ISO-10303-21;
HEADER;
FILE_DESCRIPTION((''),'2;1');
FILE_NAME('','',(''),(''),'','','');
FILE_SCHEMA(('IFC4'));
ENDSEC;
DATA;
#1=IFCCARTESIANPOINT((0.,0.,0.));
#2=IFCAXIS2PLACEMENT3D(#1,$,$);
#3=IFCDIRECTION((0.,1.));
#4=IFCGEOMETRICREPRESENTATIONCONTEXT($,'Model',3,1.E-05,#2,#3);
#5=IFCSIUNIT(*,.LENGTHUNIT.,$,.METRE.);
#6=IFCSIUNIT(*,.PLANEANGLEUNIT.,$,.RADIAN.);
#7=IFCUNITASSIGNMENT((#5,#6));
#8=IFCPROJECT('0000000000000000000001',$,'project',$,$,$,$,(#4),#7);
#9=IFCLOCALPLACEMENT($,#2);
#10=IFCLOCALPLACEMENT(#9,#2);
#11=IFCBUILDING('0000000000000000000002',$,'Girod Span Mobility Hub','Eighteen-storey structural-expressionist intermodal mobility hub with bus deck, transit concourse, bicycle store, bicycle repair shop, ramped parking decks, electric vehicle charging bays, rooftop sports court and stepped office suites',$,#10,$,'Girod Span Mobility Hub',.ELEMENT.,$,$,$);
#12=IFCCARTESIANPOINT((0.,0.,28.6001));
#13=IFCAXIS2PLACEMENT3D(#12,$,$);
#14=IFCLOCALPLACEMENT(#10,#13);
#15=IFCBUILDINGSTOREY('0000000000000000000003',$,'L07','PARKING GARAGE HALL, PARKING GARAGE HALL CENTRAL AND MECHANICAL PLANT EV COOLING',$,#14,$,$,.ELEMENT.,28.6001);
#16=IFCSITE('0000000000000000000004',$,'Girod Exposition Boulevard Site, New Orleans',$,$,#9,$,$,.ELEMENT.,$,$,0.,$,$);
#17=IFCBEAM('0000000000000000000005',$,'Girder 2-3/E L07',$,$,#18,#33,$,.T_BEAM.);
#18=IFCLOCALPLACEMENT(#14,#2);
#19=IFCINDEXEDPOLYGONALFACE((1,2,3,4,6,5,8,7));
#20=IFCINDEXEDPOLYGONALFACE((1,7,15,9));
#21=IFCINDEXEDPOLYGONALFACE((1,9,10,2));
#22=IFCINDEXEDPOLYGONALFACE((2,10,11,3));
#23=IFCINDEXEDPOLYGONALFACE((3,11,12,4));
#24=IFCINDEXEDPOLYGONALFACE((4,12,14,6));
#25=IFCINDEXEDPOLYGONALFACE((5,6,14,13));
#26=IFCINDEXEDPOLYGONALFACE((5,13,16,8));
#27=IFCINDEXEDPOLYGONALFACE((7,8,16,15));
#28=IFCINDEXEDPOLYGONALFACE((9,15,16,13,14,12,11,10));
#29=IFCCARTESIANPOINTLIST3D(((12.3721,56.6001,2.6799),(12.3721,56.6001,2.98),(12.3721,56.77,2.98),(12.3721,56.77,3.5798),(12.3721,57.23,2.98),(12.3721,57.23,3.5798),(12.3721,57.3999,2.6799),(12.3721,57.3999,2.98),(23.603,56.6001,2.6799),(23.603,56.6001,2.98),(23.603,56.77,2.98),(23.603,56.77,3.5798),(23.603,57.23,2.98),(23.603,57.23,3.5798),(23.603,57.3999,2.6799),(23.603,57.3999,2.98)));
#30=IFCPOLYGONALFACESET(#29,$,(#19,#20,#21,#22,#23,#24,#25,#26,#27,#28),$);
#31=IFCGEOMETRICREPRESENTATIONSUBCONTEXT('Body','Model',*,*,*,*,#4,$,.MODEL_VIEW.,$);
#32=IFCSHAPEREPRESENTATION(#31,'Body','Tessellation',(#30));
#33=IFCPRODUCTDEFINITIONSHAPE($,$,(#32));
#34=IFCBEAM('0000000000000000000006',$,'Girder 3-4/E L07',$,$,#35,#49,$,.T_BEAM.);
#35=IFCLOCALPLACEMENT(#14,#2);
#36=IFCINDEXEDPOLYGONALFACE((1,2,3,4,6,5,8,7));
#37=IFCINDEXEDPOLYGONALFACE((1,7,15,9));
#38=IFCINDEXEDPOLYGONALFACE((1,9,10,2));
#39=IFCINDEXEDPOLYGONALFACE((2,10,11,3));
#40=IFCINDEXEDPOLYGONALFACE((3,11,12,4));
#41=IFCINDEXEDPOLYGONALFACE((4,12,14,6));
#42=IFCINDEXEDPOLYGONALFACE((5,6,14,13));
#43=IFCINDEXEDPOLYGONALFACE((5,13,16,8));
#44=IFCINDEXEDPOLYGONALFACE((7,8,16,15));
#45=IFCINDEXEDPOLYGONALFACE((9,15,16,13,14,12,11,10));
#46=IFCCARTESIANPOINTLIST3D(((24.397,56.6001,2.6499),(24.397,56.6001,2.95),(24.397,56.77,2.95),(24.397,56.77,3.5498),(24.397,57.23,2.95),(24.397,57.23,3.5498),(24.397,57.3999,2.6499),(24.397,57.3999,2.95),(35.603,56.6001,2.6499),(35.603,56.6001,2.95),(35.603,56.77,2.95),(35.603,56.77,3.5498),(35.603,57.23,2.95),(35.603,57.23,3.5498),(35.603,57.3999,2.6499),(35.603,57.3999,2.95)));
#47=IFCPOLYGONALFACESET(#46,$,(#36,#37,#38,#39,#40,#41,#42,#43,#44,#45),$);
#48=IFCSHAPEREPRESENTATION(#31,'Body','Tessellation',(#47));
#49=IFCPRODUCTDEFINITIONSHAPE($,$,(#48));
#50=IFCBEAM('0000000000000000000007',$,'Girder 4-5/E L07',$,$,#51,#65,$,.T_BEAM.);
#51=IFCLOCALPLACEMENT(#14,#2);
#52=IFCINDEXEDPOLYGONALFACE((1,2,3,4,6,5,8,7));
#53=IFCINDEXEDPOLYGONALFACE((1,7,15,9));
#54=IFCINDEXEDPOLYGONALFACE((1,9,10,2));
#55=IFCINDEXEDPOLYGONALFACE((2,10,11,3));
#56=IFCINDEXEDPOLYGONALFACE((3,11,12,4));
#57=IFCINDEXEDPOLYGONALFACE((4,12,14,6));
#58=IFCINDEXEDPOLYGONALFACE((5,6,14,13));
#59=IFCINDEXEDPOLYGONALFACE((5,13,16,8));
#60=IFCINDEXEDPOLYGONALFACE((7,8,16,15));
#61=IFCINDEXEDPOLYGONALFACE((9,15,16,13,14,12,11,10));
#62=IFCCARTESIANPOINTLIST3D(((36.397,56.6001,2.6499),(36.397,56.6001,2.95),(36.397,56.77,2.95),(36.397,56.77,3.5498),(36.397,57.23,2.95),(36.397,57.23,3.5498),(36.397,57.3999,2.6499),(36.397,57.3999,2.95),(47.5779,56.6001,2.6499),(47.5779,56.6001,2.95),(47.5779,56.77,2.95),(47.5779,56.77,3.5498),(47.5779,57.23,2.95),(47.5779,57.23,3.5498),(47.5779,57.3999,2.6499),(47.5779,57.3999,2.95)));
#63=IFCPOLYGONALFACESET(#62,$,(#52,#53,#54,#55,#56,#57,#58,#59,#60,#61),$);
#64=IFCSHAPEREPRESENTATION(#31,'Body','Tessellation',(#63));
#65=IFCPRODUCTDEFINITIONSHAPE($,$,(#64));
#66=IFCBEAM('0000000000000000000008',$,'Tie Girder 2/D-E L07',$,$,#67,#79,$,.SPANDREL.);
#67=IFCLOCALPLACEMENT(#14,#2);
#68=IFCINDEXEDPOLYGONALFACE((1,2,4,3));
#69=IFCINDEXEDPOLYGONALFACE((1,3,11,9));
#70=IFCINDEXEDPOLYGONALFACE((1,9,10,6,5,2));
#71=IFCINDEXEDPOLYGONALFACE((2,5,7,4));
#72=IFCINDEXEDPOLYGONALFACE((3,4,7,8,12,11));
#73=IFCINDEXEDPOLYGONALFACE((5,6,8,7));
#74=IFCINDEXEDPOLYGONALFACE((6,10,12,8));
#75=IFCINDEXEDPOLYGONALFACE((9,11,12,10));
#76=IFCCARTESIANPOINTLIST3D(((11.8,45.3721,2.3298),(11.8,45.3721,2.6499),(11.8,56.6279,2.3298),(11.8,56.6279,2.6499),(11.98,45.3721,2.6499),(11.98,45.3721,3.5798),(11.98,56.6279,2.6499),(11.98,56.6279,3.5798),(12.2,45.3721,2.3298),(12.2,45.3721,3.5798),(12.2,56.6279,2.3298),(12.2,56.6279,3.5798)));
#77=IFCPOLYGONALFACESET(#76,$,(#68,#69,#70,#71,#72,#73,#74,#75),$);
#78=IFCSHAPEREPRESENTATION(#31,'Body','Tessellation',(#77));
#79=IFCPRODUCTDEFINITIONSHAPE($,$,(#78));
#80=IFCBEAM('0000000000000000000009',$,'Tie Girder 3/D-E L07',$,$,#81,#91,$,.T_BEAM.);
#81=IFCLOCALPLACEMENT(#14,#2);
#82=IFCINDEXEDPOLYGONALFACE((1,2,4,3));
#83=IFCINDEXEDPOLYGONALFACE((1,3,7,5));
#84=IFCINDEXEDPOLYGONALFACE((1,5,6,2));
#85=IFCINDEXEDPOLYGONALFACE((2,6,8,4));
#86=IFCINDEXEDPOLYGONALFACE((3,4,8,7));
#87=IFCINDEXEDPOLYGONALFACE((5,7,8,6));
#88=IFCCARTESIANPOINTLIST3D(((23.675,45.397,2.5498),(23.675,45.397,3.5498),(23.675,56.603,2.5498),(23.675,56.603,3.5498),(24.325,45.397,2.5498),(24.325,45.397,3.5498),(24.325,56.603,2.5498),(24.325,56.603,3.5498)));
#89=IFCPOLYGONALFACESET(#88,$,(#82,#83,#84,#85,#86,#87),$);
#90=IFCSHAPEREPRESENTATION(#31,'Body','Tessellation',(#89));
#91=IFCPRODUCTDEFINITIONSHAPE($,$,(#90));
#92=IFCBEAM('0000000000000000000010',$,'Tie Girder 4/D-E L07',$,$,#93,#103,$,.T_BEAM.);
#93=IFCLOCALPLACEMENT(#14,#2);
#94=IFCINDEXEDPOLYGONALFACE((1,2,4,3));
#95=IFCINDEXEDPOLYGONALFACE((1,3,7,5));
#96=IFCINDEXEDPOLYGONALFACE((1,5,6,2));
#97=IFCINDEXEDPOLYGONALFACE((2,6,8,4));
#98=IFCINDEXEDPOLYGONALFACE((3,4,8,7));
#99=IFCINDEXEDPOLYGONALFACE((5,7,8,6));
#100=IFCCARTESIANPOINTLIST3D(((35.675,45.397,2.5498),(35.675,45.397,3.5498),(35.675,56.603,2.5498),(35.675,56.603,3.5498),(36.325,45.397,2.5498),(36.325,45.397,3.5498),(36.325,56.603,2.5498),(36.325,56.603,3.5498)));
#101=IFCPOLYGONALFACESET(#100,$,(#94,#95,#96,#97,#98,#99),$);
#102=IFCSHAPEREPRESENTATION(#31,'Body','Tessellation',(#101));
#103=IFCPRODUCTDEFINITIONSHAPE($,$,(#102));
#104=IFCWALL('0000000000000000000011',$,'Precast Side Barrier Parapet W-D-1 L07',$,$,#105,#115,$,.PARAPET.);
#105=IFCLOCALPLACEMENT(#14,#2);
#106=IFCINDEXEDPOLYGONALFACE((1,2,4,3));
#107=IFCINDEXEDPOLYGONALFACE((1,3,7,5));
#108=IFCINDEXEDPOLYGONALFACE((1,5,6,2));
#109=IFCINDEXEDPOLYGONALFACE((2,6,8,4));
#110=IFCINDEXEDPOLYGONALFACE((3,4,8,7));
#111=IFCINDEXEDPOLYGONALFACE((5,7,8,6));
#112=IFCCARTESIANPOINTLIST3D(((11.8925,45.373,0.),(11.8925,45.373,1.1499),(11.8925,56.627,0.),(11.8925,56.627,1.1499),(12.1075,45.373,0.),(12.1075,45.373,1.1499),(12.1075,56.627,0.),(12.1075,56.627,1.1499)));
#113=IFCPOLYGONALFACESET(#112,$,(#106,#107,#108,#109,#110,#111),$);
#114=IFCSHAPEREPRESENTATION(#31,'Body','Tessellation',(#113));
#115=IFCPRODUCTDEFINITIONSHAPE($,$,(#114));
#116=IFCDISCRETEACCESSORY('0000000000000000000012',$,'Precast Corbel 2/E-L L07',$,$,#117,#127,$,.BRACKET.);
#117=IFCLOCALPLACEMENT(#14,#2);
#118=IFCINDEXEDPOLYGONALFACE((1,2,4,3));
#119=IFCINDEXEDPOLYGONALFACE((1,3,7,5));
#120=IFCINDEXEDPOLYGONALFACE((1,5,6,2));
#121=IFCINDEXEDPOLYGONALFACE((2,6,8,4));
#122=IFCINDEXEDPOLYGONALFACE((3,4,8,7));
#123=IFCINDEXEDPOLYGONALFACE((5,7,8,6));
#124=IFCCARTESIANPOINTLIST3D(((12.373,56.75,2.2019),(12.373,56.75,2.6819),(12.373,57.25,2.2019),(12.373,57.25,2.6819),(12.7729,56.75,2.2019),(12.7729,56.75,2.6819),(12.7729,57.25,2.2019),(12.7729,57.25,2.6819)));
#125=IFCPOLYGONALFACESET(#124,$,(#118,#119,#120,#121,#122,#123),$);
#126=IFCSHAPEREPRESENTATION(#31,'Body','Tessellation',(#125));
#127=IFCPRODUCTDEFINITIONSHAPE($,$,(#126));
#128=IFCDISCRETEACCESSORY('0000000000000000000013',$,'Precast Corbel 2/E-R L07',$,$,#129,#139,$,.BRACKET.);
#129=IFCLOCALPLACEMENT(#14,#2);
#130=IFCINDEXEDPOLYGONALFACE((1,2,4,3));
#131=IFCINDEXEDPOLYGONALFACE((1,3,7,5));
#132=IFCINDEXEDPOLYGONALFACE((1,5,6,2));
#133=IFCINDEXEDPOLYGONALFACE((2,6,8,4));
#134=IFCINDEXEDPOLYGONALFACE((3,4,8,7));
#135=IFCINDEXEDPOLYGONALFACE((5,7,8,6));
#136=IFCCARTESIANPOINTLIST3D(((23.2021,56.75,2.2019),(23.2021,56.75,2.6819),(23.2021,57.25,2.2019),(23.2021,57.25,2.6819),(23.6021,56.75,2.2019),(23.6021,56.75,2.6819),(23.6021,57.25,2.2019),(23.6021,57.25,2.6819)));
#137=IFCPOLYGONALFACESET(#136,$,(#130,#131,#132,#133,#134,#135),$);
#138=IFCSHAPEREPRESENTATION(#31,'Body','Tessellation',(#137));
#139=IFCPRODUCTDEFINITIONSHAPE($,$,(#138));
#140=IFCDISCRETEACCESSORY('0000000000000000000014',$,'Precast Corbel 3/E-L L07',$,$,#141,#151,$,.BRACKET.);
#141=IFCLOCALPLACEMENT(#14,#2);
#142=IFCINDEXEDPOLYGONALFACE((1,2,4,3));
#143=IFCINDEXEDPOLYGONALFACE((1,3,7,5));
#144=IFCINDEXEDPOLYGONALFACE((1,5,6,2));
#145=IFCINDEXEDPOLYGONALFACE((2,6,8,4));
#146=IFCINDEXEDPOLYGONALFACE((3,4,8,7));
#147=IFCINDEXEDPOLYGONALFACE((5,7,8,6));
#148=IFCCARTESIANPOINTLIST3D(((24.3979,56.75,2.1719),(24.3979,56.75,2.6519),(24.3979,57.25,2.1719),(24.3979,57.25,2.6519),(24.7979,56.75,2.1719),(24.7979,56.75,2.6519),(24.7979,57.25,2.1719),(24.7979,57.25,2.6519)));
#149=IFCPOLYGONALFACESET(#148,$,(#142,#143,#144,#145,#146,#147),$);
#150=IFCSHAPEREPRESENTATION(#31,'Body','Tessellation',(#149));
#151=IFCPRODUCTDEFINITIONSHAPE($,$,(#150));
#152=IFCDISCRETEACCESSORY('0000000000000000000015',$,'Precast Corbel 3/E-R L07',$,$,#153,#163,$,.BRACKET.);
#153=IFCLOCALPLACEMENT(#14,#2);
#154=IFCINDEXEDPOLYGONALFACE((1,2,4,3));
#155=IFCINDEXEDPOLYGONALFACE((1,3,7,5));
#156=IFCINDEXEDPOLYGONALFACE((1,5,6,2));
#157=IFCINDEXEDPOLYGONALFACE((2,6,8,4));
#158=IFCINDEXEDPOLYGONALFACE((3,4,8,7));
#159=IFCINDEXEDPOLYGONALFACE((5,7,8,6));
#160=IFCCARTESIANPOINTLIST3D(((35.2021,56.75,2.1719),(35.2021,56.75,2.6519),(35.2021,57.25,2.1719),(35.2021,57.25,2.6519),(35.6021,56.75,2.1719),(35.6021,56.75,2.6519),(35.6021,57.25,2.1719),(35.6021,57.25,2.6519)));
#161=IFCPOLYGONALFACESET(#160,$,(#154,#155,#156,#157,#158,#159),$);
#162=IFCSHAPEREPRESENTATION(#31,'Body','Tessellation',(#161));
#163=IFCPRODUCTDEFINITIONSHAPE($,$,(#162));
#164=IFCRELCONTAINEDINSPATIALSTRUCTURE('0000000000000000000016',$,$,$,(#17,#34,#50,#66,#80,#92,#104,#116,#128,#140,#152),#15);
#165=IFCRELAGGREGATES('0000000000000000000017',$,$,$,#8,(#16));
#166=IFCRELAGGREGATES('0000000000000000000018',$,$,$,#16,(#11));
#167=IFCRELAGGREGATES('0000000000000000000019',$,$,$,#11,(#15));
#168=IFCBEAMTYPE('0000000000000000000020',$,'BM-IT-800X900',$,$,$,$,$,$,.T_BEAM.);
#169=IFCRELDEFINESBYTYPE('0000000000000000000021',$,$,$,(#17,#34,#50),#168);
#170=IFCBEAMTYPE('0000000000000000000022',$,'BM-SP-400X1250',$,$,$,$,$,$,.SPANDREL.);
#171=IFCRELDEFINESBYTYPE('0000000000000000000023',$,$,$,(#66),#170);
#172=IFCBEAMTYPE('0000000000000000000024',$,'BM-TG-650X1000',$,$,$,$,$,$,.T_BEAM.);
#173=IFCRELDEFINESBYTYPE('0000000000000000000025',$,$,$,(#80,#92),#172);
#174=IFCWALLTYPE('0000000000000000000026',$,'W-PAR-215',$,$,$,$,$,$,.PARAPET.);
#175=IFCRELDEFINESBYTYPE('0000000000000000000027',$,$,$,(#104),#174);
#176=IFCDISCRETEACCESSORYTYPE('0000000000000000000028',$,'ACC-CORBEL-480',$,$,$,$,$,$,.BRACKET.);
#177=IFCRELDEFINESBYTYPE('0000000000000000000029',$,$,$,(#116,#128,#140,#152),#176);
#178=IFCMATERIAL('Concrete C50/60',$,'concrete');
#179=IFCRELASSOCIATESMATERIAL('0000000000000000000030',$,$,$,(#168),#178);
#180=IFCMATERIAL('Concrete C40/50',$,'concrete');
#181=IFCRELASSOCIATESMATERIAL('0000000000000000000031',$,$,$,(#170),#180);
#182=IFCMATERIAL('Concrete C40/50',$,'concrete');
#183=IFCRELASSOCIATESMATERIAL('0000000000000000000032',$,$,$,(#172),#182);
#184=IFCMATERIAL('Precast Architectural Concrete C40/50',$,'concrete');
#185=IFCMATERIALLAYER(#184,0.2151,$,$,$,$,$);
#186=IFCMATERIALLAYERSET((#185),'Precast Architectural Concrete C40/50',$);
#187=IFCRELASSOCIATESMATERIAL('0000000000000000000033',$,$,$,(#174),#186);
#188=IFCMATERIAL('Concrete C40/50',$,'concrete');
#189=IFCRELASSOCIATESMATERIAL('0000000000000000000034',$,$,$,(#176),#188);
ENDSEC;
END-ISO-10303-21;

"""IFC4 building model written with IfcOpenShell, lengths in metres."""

from ifc_helpers import new_model, si_unit, direction, frame, frame_2d, origin, origin_2d, place, context, subcontext, project, spatial, polyline, rectangle, outline, extrude, material, layer, layer_set, material_profile, profile_set, type_object, element, save


model = new_model("IFC4")

# Units and contexts
model_context = context("Model", 3, precision=1e-05, world=origin(), true_north=direction((0.0, 1.0)))
body_context = subcontext(model_context, "Body", "Model", "MODEL_VIEW")
ifc_project = project(units=[si_unit("LENGTHUNIT", "METRE"), si_unit("PLANEANGLEUNIT", "RADIAN")], contexts=[model_context])

# Site, building, storey
site_placement = place(None, origin())
site = spatial("IfcSite", under=ifc_project, at=site_placement, Name="Girod Exposition Boulevard Site, New Orleans", CompositionType="ELEMENT", RefElevation=0.0)
building_placement = place(site_placement, origin())
building = spatial("IfcBuilding", under=site, at=building_placement, Name="Girod Span Mobility Hub", Description="Eighteen-storey structural-expressionist intermodal mobility hub with bus deck, transit concourse, bicycle store, bicycle repair shop, ramped parking decks, electric vehicle charging bays, rooftop sports court and stepped office suites", LongName="Girod Span Mobility Hub", CompositionType="ELEMENT")
storey_placement = place(building_placement, frame((0.0, 0.0, 28.6001)))
storey = spatial("IfcBuildingStorey", under=building, at=storey_placement, Name="L07", Description="PARKING GARAGE HALL, PARKING GARAGE HALL CENTRAL AND MECHANICAL PLANT EV COOLING", CompositionType="ELEMENT", Elevation=28.6001)

# Beams
ifc_material_1 = material(Name="Concrete C50/60", Category="concrete")
ifc_material_profile_1 = material_profile(ifc_material_1, outline(polyline([(-0.3999, -0.45), (0.3999, -0.45), (0.3999, -0.1499), (0.23, -0.1499), (0.23, 0.45), (-0.23, 0.45), (-0.23, -0.1499), (-0.3999, -0.1499), (-0.3999, -0.45)])), Name="IT-800X900")
ifc_profile_set_1 = profile_set([ifc_material_profile_1], Name="Concrete C50/60")
beam_type_1 = type_object("IfcBeamType", Name="BM-IT-800X900", PredefinedType="T_BEAM", material=ifc_profile_set_1)
beam_1_placement = place(storey_placement, frame((12.3721, 57.0, 3.1299), z_axis=(1.0, 0.0, 0.0), x_axis=(0.0, 1.0, 0.0)))
element("IfcBeam", 1, at=beam_1_placement, inside=storey, type_object=beam_type_1, Name="Girder 2-3/E L07", PredefinedType="T_BEAM", context=body_context, shape_type="SweptSolid", body=[
    extrude(outline(polyline([(-0.3999, -0.45), (0.3999, -0.45), (0.3999, -0.1499), (0.23, -0.1499), (0.23, 0.45), (-0.23, 0.45), (-0.23, -0.1499), (-0.3999, -0.1499), (-0.3999, -0.45)])), origin(), (0.0, 0.0, 1.0), 11.231),
])
beam_2_placement = place(storey_placement, frame((24.397, 57.0, 3.0999), z_axis=(1.0, 0.0, 0.0), x_axis=(0.0, 1.0, 0.0)))
element("IfcBeam", 2, at=beam_2_placement, inside=storey, type_object=beam_type_1, Name="Girder 3-4/E L07", PredefinedType="T_BEAM", context=body_context, shape_type="SweptSolid", body=[
    extrude(outline(polyline([(-0.3999, -0.45), (0.3999, -0.45), (0.3999, -0.1499), (0.23, -0.1499), (0.23, 0.45), (-0.23, 0.45), (-0.23, -0.1499), (-0.3999, -0.1499), (-0.3999, -0.45)])), origin(), (0.0, 0.0, 1.0), 11.2061),
])
beam_3_placement = place(storey_placement, frame((36.397, 57.0, 3.0999), z_axis=(1.0, 0.0, 0.0), x_axis=(0.0, 1.0, 0.0)))
element("IfcBeam", 3, at=beam_3_placement, inside=storey, type_object=beam_type_1, Name="Girder 4-5/E L07", PredefinedType="T_BEAM", context=body_context, shape_type="SweptSolid", body=[
    extrude(outline(polyline([(-0.3999, -0.45), (0.3999, -0.45), (0.3999, -0.1499), (0.23, -0.1499), (0.23, 0.45), (-0.23, 0.45), (-0.23, -0.1499), (-0.3999, -0.1499), (-0.3999, -0.45)])), origin(), (0.0, 0.0, 1.0), 11.1809),
])
ifc_material_2 = material(Name="Concrete C40/50", Category="concrete")
ifc_material_profile_2 = material_profile(ifc_material_2, outline(polyline([(-0.2, -0.625), (0.2, -0.625), (0.2, -0.3049), (0.02, -0.3049), (0.02, 0.625), (-0.2, 0.625), (-0.2, -0.625)])), Name="SP-400X1250")
ifc_profile_set_2 = profile_set([ifc_material_profile_2], Name="Concrete C40/50")
beam_type_2 = type_object("IfcBeamType", Name="BM-SP-400X1250", PredefinedType="SPANDREL", material=ifc_profile_set_2)
beam_4_placement = place(storey_placement, frame((12.0, 45.3721, 2.9548), z_axis=(0.0, 1.0, 0.0), x_axis=(-1.0, 0.0, 0.0)))
element("IfcBeam", 4, at=beam_4_placement, inside=storey, type_object=beam_type_2, Name="Tie Girder 2/D-E L07", PredefinedType="SPANDREL", context=body_context, shape_type="SweptSolid", body=[
    extrude(outline(polyline([(-0.2, -0.625), (0.2, -0.625), (0.2, -0.3049), (0.02, -0.3049), (0.02, 0.625), (-0.2, 0.625), (-0.2, -0.625)])), origin(), (0.0, 0.0, 1.0), 11.2559),
])
ifc_material_3 = material(Name="Concrete C40/50", Category="concrete")
ifc_material_profile_3 = material_profile(ifc_material_3, rectangle(XDim=0.6499, YDim=1.0, at=origin_2d()), Name="TG-650X1000")
ifc_profile_set_3 = profile_set([ifc_material_profile_3], Name="Concrete C40/50")
beam_type_3 = type_object("IfcBeamType", Name="BM-TG-650X1000", PredefinedType="T_BEAM", material=ifc_profile_set_3)
for number, where, z_axis, x_axis, name in (
    (5, (24.0, 45.397, 3.0498), (0.0, 1.0, 0.0), (-1.0, 0.0, 0.0), "Tie Girder 3/D-E L07"),
    (6, (36.0, 45.397, 3.0498), (0.0, 1.0, 0.0), (-1.0, 0.0, 0.0), "Tie Girder 4/D-E L07"),
):
    element("IfcBeam", number, at=place(storey_placement, frame(where, z_axis=z_axis, x_axis=x_axis)), inside=storey, type_object=beam_type_3, Name=name, PredefinedType="T_BEAM", context=body_context, shape_type="SweptSolid", body=[
        extrude(rectangle(XDim=0.6499, YDim=1.0, at=origin_2d()), origin(), (0.0, 0.0, 1.0), 11.2061),
    ])

# Wall
ifc_material_4 = material(Name="Precast Architectural Concrete C40/50", Category="concrete")
ifc_layer = layer(ifc_material_4, 0.2151)
ifc_layer_set = layer_set([ifc_layer], Name="Precast Architectural Concrete C40/50")
wall_type = type_object("IfcWallType", Name="W-PAR-215", PredefinedType="PARAPET", material=ifc_layer_set)
wall_placement = place(storey_placement, frame((12.0, 45.373, 0.0), z_axis=(0.0, 0.0, 1.0), x_axis=(0.0, 1.0, 0.0)))
element("IfcWall", 7, at=wall_placement, inside=storey, type_object=wall_type, Name="Precast Side Barrier Parapet W-D-1 L07", PredefinedType="PARAPET", context=body_context, shape_type="SweptSolid", body=[
    extrude(rectangle(XDim=11.2539, YDim=0.2151, at=frame_2d((5.627, 0.0))), origin(), (0.0, 0.0, 1.0), 1.1499),
])

# Discrete accessories
ifc_material_5 = material(Name="Concrete C40/50", Category="concrete")
discrete_accessory_type = type_object("IfcDiscreteAccessoryType", Name="ACC-CORBEL-480", PredefinedType="BRACKET", material=ifc_material_5)
for number, where, z_axis, x_axis, name in (
    (8, (12.573, 57.0, 2.2019), (0.0, 0.0, 1.0), (1.0, 0.0, 0.0), "Precast Corbel 2/E-L L07"),
    (9, (23.4021, 57.0, 2.2019), (0.0, 0.0, 1.0), (1.0, 0.0, 0.0), "Precast Corbel 2/E-R L07"),
    (10, (24.5979, 57.0, 2.1719), (0.0, 0.0, 1.0), (1.0, 0.0, 0.0), "Precast Corbel 3/E-L L07"),
    (11, (35.4021, 57.0, 2.1719), (0.0, 0.0, 1.0), (1.0, 0.0, 0.0), "Precast Corbel 3/E-R L07"),
):
    element("IfcDiscreteAccessory", number, at=place(storey_placement, frame(where, z_axis=z_axis, x_axis=x_axis)), inside=storey, type_object=discrete_accessory_type, Name=name, PredefinedType="BRACKET", context=body_context, shape_type="SweptSolid", body=[
        extrude(rectangle(XDim=0.3999, YDim=0.5, at=origin_2d()), origin(), (0.0, 0.0, 1.0), 0.48),
    ])

save(model, "model.ifc")
